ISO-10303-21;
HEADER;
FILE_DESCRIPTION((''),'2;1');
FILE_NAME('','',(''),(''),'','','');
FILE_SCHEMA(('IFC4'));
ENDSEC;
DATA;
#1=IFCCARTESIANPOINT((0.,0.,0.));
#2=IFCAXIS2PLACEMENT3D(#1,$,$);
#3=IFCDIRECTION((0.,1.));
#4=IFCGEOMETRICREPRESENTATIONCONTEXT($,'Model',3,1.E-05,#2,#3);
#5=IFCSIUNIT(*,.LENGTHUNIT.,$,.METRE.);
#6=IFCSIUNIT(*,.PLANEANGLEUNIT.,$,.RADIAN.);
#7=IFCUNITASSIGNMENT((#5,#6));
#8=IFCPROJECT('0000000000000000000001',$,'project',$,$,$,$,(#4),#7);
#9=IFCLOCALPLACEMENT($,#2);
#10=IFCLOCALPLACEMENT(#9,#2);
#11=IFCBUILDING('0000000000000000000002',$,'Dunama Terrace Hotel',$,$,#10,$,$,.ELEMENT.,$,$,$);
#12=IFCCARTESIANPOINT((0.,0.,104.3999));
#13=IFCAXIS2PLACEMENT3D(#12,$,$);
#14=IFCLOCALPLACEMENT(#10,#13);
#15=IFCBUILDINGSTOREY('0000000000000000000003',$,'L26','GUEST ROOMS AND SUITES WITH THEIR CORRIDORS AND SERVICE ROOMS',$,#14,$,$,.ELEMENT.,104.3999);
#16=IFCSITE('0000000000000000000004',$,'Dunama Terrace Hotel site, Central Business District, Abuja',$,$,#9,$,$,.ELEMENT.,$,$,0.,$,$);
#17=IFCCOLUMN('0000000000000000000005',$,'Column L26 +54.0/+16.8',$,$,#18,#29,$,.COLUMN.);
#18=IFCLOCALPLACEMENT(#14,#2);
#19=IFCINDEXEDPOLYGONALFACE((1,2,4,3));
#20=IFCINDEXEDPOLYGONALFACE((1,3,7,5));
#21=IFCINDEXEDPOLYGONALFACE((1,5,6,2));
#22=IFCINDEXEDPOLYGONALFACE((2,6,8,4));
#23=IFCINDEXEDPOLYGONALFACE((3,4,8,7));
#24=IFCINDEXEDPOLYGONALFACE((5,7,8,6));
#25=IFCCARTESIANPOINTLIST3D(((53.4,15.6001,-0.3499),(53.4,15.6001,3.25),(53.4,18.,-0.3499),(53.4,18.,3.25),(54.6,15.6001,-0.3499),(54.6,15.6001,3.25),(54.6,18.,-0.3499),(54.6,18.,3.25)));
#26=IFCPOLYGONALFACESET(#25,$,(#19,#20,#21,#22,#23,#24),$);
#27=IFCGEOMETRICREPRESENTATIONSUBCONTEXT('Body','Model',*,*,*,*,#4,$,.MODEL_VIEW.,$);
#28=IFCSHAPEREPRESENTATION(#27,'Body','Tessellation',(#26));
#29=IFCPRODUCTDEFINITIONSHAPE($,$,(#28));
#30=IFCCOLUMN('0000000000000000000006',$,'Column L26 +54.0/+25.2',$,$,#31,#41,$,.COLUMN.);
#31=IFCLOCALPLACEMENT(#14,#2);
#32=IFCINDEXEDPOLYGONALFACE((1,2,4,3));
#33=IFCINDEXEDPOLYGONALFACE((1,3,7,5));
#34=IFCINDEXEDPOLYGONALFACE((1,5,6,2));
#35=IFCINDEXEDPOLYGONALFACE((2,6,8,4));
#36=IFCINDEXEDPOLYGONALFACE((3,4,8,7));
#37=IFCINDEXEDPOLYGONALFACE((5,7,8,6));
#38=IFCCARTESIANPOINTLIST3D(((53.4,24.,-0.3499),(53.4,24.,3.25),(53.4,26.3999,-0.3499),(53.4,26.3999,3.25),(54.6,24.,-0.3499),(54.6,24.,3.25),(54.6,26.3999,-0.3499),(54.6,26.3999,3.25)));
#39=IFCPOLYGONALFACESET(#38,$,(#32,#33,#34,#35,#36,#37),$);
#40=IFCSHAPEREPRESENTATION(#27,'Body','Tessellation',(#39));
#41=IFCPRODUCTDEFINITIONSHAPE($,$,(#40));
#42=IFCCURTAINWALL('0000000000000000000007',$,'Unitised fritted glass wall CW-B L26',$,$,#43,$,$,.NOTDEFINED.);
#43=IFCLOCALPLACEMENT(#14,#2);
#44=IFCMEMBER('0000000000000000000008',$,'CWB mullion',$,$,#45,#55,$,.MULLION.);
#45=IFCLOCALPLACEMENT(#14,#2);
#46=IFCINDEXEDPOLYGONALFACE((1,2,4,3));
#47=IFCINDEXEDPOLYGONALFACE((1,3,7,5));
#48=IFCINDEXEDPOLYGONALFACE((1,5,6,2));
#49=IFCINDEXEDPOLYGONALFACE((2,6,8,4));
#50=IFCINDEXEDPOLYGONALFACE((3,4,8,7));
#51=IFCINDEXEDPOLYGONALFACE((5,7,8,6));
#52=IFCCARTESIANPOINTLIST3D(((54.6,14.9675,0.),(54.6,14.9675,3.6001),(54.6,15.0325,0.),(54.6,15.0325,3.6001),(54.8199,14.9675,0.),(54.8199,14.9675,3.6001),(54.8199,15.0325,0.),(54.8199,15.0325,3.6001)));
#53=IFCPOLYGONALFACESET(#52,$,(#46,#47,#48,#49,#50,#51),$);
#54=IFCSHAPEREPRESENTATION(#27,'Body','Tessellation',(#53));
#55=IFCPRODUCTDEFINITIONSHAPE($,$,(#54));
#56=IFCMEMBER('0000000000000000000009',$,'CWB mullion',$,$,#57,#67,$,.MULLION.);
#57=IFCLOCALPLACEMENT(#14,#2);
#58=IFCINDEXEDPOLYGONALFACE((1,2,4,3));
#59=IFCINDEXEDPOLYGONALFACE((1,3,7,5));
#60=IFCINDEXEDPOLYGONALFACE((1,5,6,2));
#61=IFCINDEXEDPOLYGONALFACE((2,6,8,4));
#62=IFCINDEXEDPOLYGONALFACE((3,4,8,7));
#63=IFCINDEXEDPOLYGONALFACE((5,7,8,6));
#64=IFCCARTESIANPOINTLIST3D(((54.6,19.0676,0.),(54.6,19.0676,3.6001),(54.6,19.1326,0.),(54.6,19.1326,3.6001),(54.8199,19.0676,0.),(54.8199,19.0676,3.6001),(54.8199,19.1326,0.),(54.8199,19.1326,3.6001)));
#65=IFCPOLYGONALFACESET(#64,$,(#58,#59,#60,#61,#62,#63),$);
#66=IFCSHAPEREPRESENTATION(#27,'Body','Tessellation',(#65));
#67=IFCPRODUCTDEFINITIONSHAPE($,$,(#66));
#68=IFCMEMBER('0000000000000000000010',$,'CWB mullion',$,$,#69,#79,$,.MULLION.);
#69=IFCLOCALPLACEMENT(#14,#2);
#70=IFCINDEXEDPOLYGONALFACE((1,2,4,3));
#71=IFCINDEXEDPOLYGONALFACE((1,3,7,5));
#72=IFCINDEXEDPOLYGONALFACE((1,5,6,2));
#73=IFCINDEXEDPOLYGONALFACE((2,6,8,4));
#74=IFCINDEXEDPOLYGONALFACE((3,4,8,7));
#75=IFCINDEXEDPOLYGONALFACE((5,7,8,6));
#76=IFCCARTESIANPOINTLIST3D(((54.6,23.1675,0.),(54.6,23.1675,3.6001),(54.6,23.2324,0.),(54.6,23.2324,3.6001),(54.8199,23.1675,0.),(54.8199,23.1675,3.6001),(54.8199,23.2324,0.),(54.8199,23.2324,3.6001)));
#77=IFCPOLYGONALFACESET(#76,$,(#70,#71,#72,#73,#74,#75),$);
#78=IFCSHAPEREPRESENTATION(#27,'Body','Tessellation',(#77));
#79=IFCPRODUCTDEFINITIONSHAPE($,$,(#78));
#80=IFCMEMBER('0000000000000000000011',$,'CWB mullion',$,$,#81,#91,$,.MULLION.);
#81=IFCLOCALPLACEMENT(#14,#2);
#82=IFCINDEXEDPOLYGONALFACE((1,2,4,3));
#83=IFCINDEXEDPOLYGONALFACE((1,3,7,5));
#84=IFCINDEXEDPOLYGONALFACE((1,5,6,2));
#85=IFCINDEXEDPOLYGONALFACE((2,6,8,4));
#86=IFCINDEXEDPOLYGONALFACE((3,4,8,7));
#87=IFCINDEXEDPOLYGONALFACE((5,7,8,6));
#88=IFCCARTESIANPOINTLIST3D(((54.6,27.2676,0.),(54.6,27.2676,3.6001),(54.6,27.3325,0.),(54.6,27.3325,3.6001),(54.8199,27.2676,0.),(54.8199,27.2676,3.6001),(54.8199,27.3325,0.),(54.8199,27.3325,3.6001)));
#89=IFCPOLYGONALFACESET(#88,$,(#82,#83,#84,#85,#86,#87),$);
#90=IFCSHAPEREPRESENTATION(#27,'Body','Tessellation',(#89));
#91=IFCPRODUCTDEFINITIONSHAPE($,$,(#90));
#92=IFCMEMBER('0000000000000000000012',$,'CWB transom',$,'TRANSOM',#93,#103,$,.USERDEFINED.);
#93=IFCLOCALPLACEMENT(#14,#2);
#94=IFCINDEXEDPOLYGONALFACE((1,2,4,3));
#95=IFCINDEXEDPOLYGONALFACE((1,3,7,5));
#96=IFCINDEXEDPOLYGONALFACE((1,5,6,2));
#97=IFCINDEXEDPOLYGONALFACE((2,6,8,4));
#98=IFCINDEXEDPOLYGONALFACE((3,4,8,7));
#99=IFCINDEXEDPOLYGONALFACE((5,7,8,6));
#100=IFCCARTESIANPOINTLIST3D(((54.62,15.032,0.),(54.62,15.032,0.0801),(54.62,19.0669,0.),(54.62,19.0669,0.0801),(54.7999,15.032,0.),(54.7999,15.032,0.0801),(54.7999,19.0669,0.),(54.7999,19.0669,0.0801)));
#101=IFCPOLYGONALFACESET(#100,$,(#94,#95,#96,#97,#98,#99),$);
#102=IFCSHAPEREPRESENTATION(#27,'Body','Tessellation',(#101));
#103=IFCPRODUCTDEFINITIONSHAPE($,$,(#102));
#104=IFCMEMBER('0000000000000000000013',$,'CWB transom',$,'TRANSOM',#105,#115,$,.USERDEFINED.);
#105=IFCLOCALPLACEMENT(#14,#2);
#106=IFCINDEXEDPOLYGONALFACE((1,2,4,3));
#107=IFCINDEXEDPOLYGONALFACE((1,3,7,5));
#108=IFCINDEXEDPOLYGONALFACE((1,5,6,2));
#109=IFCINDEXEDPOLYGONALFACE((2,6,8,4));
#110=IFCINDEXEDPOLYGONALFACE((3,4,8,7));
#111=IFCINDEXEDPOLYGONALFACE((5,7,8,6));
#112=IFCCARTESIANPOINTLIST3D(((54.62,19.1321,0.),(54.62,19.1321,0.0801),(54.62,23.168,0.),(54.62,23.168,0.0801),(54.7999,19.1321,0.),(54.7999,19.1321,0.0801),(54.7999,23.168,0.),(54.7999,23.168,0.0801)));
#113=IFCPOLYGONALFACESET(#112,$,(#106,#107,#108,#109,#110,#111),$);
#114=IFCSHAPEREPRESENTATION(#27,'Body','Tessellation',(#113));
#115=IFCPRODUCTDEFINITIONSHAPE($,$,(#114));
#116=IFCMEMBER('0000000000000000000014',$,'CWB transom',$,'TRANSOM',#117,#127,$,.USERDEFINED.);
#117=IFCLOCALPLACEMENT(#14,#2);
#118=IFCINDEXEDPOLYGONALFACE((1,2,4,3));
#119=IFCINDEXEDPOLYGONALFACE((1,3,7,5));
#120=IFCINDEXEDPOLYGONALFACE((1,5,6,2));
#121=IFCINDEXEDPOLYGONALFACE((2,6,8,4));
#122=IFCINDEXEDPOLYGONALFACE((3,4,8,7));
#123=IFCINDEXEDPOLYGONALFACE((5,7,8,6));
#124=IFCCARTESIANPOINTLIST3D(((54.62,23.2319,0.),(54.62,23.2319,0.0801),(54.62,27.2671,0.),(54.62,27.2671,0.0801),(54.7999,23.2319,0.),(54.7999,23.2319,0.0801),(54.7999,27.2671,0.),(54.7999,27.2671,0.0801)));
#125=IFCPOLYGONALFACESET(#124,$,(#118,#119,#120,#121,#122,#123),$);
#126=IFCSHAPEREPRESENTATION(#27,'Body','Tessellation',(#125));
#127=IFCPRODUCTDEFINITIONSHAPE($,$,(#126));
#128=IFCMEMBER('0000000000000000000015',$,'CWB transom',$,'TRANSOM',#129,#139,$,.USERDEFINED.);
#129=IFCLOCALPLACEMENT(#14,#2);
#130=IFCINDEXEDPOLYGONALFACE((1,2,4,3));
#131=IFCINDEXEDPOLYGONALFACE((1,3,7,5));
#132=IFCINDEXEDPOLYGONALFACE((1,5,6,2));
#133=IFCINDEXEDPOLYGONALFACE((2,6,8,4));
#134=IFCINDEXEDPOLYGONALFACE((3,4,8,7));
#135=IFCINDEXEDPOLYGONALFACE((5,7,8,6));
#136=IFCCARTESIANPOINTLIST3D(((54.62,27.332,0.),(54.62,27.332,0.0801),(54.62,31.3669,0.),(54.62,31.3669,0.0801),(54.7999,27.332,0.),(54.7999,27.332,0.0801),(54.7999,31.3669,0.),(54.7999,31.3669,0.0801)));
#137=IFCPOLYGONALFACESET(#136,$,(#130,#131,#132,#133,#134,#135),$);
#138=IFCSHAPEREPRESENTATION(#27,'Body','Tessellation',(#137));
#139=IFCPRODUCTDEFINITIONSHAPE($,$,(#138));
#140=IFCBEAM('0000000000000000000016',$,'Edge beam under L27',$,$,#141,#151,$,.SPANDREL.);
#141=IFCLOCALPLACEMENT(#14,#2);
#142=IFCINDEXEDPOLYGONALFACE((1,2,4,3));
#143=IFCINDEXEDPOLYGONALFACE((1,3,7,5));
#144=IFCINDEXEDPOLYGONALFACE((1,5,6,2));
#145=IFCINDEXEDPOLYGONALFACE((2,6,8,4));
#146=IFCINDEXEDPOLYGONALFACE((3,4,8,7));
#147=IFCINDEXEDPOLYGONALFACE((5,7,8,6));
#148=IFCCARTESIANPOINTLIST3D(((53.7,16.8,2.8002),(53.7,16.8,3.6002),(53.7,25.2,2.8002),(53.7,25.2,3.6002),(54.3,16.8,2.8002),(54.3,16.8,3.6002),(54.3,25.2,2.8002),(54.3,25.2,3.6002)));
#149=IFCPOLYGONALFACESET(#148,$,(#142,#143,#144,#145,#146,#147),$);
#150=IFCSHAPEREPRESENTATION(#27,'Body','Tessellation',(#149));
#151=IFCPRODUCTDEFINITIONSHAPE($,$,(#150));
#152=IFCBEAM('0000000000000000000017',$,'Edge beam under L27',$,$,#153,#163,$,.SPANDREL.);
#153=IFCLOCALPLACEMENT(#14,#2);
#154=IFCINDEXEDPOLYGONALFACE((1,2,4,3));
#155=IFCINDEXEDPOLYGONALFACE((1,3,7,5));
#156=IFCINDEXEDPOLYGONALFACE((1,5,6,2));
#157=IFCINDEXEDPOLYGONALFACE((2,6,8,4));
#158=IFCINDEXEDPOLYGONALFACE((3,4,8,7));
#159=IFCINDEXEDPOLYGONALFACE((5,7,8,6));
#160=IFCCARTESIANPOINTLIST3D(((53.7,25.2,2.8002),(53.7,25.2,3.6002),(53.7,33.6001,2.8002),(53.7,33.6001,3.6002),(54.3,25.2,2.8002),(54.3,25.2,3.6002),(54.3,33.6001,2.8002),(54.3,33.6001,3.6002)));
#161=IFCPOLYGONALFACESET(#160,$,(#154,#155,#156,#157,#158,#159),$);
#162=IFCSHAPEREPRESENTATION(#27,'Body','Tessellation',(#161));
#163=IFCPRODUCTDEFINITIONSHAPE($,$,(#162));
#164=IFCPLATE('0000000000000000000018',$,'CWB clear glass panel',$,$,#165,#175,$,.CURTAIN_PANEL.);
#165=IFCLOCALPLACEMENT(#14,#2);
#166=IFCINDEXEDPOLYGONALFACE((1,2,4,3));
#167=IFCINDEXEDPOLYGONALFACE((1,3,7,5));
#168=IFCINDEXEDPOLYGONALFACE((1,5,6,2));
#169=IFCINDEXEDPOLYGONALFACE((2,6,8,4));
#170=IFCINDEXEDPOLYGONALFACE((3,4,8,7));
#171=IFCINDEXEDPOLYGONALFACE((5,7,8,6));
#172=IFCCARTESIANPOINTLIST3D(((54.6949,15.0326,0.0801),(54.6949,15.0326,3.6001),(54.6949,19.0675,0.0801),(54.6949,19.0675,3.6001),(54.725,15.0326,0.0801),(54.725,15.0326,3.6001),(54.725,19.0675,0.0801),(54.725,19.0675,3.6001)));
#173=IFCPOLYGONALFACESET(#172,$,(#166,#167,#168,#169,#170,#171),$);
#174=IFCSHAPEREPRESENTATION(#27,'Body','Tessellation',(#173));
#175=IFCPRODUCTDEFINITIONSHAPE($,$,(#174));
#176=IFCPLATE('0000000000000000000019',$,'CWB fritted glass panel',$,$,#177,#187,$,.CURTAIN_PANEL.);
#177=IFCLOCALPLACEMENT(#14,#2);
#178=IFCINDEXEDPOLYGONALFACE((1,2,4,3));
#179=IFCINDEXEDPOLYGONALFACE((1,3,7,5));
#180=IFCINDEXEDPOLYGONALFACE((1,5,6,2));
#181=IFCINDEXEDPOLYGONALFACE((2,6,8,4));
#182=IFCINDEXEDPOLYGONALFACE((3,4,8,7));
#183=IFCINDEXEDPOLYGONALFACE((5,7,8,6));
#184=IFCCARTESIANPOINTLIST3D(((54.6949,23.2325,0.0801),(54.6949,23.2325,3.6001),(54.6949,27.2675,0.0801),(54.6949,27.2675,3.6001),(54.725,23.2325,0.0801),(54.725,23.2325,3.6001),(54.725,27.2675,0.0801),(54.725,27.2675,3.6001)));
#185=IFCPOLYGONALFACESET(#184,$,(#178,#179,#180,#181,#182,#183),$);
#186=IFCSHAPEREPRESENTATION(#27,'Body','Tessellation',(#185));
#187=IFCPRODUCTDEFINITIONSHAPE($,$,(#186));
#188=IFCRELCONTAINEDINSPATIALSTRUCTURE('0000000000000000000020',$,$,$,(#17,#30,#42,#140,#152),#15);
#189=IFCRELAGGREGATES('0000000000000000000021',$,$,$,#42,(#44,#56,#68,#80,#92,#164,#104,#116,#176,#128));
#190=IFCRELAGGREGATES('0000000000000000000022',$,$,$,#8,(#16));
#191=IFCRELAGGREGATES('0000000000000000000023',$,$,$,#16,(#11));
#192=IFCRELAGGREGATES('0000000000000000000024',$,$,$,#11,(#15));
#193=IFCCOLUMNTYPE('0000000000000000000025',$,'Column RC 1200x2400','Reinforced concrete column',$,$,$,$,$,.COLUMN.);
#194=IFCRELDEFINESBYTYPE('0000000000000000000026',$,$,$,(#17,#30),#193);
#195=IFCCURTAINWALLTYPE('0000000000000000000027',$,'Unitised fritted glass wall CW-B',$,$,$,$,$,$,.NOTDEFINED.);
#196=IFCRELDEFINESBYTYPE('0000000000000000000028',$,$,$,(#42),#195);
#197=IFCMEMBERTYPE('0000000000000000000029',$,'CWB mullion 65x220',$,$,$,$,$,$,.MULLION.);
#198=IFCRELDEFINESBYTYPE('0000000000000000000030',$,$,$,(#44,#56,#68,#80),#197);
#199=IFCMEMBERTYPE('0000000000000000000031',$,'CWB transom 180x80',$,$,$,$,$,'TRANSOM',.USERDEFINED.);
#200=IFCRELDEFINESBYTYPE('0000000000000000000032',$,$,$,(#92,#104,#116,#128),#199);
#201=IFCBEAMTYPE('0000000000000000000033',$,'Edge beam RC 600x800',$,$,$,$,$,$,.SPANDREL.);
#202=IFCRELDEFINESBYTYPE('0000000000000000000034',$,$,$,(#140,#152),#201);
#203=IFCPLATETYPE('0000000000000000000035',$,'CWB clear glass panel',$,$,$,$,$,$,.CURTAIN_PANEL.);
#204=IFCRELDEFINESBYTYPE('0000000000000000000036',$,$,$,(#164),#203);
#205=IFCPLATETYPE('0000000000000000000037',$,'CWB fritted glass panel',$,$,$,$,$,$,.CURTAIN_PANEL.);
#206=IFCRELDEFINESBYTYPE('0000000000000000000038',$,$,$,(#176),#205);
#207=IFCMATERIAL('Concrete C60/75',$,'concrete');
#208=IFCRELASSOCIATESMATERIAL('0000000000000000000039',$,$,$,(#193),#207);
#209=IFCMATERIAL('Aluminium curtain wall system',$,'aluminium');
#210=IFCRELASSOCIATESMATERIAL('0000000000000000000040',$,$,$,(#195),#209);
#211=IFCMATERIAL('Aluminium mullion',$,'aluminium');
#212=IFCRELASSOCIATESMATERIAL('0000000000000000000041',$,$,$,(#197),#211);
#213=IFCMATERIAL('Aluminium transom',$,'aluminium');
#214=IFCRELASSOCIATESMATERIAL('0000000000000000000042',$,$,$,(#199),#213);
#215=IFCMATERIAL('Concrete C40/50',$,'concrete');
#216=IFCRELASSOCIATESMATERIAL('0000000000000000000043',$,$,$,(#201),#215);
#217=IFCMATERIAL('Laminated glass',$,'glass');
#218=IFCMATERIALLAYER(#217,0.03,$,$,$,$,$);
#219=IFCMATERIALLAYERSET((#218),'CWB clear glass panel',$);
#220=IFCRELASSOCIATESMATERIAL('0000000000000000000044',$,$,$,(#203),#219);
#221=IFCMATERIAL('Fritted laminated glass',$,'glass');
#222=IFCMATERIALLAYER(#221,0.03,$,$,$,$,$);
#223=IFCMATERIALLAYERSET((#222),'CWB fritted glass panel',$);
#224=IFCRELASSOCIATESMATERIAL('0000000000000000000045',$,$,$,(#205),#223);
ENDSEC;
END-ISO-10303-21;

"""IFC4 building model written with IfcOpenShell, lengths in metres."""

from ifc_helpers import new_model, si_unit, direction, frame, origin, origin_2d, place, context, subcontext, project, spatial, rectangle, extrude, material, layer, layer_set, material_profile, profile_set, type_object, element, aggregate, save


model = new_model("IFC4")

# Units and contexts
model_context = context("Model", 3, precision=1e-05, world=origin(), true_north=direction((0.0, 1.0)))
body_context = subcontext(model_context, "Body", "Model", "MODEL_VIEW")
ifc_project = project(units=[si_unit("LENGTHUNIT", "METRE"), si_unit("PLANEANGLEUNIT", "RADIAN")], contexts=[model_context])

# Site, building, storey
site_placement = place(None, origin())
site = spatial("IfcSite", under=ifc_project, at=site_placement, Name="Dunama Terrace Hotel site, Central Business District, Abuja", CompositionType="ELEMENT", RefElevation=0.0)
building_placement = place(site_placement, origin())
building = spatial("IfcBuilding", under=site, at=building_placement, Name="Dunama Terrace Hotel", CompositionType="ELEMENT")
storey_placement = place(building_placement, frame((0.0, 0.0, 104.3999)))
storey = spatial("IfcBuildingStorey", under=building, at=storey_placement, Name="L26", Description="GUEST ROOMS AND SUITES WITH THEIR CORRIDORS AND SERVICE ROOMS", CompositionType="ELEMENT", Elevation=104.3999)

# Columns
ifc_material_1 = material(Name="Concrete C60/75", Category="concrete")
ifc_material_profile_1 = material_profile(ifc_material_1, rectangle(XDim=1.2, YDim=2.3999, at=origin_2d()), Name="RC 1200x2400")
ifc_profile_set_1 = profile_set([ifc_material_profile_1], Name="Concrete C60/75")
column_type = type_object("IfcColumnType", Name="Column RC 1200x2400", Description="Reinforced concrete column", PredefinedType="COLUMN", material=ifc_profile_set_1)
for number, where, z_axis, x_axis, name in (
    (1, (54.0, 16.8, -0.3499), (0.0, 0.0, 1.0), (1.0, 0.0, 0.0), "Column L26 +54.0/+16.8"),
    (2, (54.0, 25.2, -0.3499), (0.0, 0.0, 1.0), (1.0, 0.0, 0.0), "Column L26 +54.0/+25.2"),
):
    element("IfcColumn", number, at=place(storey_placement, frame(where, z_axis=z_axis, x_axis=x_axis)), inside=storey, type_object=column_type, Name=name, PredefinedType="COLUMN", context=body_context, shape_type="SweptSolid", body=[
        extrude(rectangle(XDim=1.2, YDim=2.3999, at=origin_2d()), origin(), (0.0, 0.0, 1.0), 3.5999),
    ])

# Curtain wall, members
ifc_material_2 = material(Name="Aluminium curtain wall system", Category="aluminium")
curtain_wall_type = type_object("IfcCurtainWallType", Name="Unitised fritted glass wall CW-B", PredefinedType="NOTDEFINED", material=ifc_material_2)
curtain_wall_placement = place(storey_placement, origin())
curtain_wall = element("IfcCurtainWall", 3, at=curtain_wall_placement, inside=storey, type_object=curtain_wall_type, Name="Unitised fritted glass wall CW-B L26", PredefinedType="NOTDEFINED")
ifc_material_3 = material(Name="Aluminium mullion", Category="aluminium")
ifc_material_profile_2 = material_profile(ifc_material_3, rectangle(XDim=0.0649, YDim=0.22, at=origin_2d()), Name="CWB MULLION 65X220")
ifc_profile_set_2 = profile_set([ifc_material_profile_2], Name="Aluminium mullion")
member_type_1 = type_object("IfcMemberType", Name="CWB mullion 65x220", PredefinedType="MULLION", material=ifc_profile_set_2)
member_1_placement = place(storey_placement, frame((54.71, 15.0, 0.0), z_axis=(0.0, 0.0, 1.0), x_axis=(0.0, 1.0, 0.0)))
member_1 = element("IfcMember", 4, at=member_1_placement, type_object=member_type_1, Name="CWB mullion", PredefinedType="MULLION", context=body_context, shape_type="SweptSolid", body=[
    extrude(rectangle(XDim=0.0649, YDim=0.22, at=origin_2d()), origin(), (0.0, 0.0, 1.0), 3.6001),
])
member_2_placement = place(storey_placement, frame((54.71, 19.1001, 0.0), z_axis=(0.0, 0.0, 1.0), x_axis=(0.0, 1.0, 0.0)))
member_2 = element("IfcMember", 5, at=member_2_placement, type_object=member_type_1, Name="CWB mullion", PredefinedType="MULLION", context=body_context, shape_type="SweptSolid", body=[
    extrude(rectangle(XDim=0.0649, YDim=0.22, at=origin_2d()), origin(), (0.0, 0.0, 1.0), 3.6001),
])
member_3_placement = place(storey_placement, frame((54.71, 23.2, 0.0), z_axis=(0.0, 0.0, 1.0), x_axis=(0.0, 1.0, 0.0)))
member_3 = element("IfcMember", 6, at=member_3_placement, type_object=member_type_1, Name="CWB mullion", PredefinedType="MULLION", context=body_context, shape_type="SweptSolid", body=[
    extrude(rectangle(XDim=0.0649, YDim=0.22, at=origin_2d()), origin(), (0.0, 0.0, 1.0), 3.6001),
])
member_4_placement = place(storey_placement, frame((54.71, 27.3, 0.0), z_axis=(0.0, 0.0, 1.0), x_axis=(0.0, 1.0, 0.0)))
member_4 = element("IfcMember", 7, at=member_4_placement, type_object=member_type_1, Name="CWB mullion", PredefinedType="MULLION", context=body_context, shape_type="SweptSolid", body=[
    extrude(rectangle(XDim=0.0649, YDim=0.22, at=origin_2d()), origin(), (0.0, 0.0, 1.0), 3.6001),
])
ifc_material_4 = material(Name="Aluminium transom", Category="aluminium")
ifc_material_profile_3 = material_profile(ifc_material_4, rectangle(XDim=0.1799, YDim=0.0801, at=origin_2d()), Name="CWB TRANSOM 180X80")
ifc_profile_set_3 = profile_set([ifc_material_profile_3], Name="Aluminium transom")
member_type_2 = type_object("IfcMemberType", Name="CWB transom 180x80", ElementType="TRANSOM", PredefinedType="USERDEFINED", material=ifc_profile_set_3)
member_5_placement = place(storey_placement, frame((54.71, 15.032, 0.04), z_axis=(0.0, 1.0, 0.0), x_axis=(-1.0, 0.0, 0.0)))
member_5 = element("IfcMember", 8, at=member_5_placement, type_object=member_type_2, Name="CWB transom", ObjectType="TRANSOM", PredefinedType="USERDEFINED", context=body_context, shape_type="SweptSolid", body=[
    extrude(rectangle(XDim=0.1799, YDim=0.0801, at=origin_2d()), origin(), (0.0, 0.0, 1.0), 4.0349),
])
member_6_placement = place(storey_placement, frame((54.71, 19.1321, 0.04), z_axis=(0.0, 1.0, 0.0), x_axis=(-1.0, 0.0, 0.0)))
member_6 = element("IfcMember", 9, at=member_6_placement, type_object=member_type_2, Name="CWB transom", ObjectType="TRANSOM", PredefinedType="USERDEFINED", context=body_context, shape_type="SweptSolid", body=[
    extrude(rectangle(XDim=0.1799, YDim=0.0801, at=origin_2d()), origin(), (0.0, 0.0, 1.0), 4.0359),
])
member_7_placement = place(storey_placement, frame((54.71, 23.2319, 0.04), z_axis=(0.0, 1.0, 0.0), x_axis=(-1.0, 0.0, 0.0)))
member_7 = element("IfcMember", 10, at=member_7_placement, type_object=member_type_2, Name="CWB transom", ObjectType="TRANSOM", PredefinedType="USERDEFINED", context=body_context, shape_type="SweptSolid", body=[
    extrude(rectangle(XDim=0.1799, YDim=0.0801, at=origin_2d()), origin(), (0.0, 0.0, 1.0), 4.0352),
])
member_8_placement = place(storey_placement, frame((54.71, 27.332, 0.04), z_axis=(0.0, 1.0, 0.0), x_axis=(-1.0, 0.0, 0.0)))
member_8 = element("IfcMember", 11, at=member_8_placement, type_object=member_type_2, Name="CWB transom", ObjectType="TRANSOM", PredefinedType="USERDEFINED", context=body_context, shape_type="SweptSolid", body=[
    extrude(rectangle(XDim=0.1799, YDim=0.0801, at=origin_2d()), origin(), (0.0, 0.0, 1.0), 4.0349),
])

# Beams
ifc_material_5 = material(Name="Concrete C40/50", Category="concrete")
ifc_material_profile_4 = material_profile(ifc_material_5, rectangle(XDim=0.6001, YDim=0.8, at=origin_2d()), Name="RC 600x800")
ifc_profile_set_4 = profile_set([ifc_material_profile_4], Name="Concrete C40/50")
beam_type = type_object("IfcBeamType", Name="Edge beam RC 600x800", PredefinedType="SPANDREL", material=ifc_profile_set_4)
beam_1_placement = place(storey_placement, frame((54.0, 16.8, 3.2002), z_axis=(0.0, 1.0, 0.0), x_axis=(-1.0, 0.0, 0.0)))
element("IfcBeam", 12, at=beam_1_placement, inside=storey, type_object=beam_type, Name="Edge beam under L27", PredefinedType="SPANDREL", context=body_context, shape_type="SweptSolid", body=[
    extrude(rectangle(XDim=0.6001, YDim=0.8, at=origin_2d()), origin(), (0.0, 0.0, 1.0), 8.3999),
])
beam_2_placement = place(storey_placement, frame((54.0, 25.2, 3.2002), z_axis=(0.0, 1.0, 0.0), x_axis=(-1.0, 0.0, 0.0)))
element("IfcBeam", 13, at=beam_2_placement, inside=storey, type_object=beam_type, Name="Edge beam under L27", PredefinedType="SPANDREL", context=body_context, shape_type="SweptSolid", body=[
    extrude(rectangle(XDim=0.6001, YDim=0.8, at=origin_2d()), origin(), (0.0, 0.0, 1.0), 8.4001),
])

# Plates
ifc_material_6 = material(Name="Laminated glass", Category="glass")
ifc_layer_1 = layer(ifc_material_6, 0.03)
ifc_layer_set_1 = layer_set([ifc_layer_1], Name="CWB clear glass panel")
plate_type_1 = type_object("IfcPlateType", Name="CWB clear glass panel", PredefinedType="CURTAIN_PANEL", material=ifc_layer_set_1)
plate_1_placement = place(storey_placement, frame((54.71, 17.05, 0.0801), z_axis=(0.0, 0.0, 1.0), x_axis=(0.0, 1.0, 0.0)))
plate_1 = element("IfcPlate", 14, at=plate_1_placement, type_object=plate_type_1, Name="CWB clear glass panel", PredefinedType="CURTAIN_PANEL", context=body_context, shape_type="SweptSolid", body=[
    extrude(rectangle(XDim=4.0349, YDim=0.03, at=origin_2d()), origin(), (0.0, 0.0, 1.0), 3.52),
])
ifc_material_7 = material(Name="Fritted laminated glass", Category="glass")
ifc_layer_2 = layer(ifc_material_7, 0.03)
ifc_layer_set_2 = layer_set([ifc_layer_2], Name="CWB fritted glass panel")
plate_type_2 = type_object("IfcPlateType", Name="CWB fritted glass panel", PredefinedType="CURTAIN_PANEL", material=ifc_layer_set_2)
plate_2_placement = place(storey_placement, frame((54.71, 25.25, 0.0801), z_axis=(0.0, 0.0, 1.0), x_axis=(0.0, 1.0, 0.0)))
plate_2 = element("IfcPlate", 15, at=plate_2_placement, type_object=plate_type_2, Name="CWB fritted glass panel", PredefinedType="CURTAIN_PANEL", context=body_context, shape_type="SweptSolid", body=[
    extrude(rectangle(XDim=4.0349, YDim=0.03, at=origin_2d()), origin(), (0.0, 0.0, 1.0), 3.52),
])
aggregate(curtain_wall, [member_1, member_2, member_3, member_4, member_5, plate_1, member_6, member_7, plate_2, member_8])

save(model, "model.ifc")
